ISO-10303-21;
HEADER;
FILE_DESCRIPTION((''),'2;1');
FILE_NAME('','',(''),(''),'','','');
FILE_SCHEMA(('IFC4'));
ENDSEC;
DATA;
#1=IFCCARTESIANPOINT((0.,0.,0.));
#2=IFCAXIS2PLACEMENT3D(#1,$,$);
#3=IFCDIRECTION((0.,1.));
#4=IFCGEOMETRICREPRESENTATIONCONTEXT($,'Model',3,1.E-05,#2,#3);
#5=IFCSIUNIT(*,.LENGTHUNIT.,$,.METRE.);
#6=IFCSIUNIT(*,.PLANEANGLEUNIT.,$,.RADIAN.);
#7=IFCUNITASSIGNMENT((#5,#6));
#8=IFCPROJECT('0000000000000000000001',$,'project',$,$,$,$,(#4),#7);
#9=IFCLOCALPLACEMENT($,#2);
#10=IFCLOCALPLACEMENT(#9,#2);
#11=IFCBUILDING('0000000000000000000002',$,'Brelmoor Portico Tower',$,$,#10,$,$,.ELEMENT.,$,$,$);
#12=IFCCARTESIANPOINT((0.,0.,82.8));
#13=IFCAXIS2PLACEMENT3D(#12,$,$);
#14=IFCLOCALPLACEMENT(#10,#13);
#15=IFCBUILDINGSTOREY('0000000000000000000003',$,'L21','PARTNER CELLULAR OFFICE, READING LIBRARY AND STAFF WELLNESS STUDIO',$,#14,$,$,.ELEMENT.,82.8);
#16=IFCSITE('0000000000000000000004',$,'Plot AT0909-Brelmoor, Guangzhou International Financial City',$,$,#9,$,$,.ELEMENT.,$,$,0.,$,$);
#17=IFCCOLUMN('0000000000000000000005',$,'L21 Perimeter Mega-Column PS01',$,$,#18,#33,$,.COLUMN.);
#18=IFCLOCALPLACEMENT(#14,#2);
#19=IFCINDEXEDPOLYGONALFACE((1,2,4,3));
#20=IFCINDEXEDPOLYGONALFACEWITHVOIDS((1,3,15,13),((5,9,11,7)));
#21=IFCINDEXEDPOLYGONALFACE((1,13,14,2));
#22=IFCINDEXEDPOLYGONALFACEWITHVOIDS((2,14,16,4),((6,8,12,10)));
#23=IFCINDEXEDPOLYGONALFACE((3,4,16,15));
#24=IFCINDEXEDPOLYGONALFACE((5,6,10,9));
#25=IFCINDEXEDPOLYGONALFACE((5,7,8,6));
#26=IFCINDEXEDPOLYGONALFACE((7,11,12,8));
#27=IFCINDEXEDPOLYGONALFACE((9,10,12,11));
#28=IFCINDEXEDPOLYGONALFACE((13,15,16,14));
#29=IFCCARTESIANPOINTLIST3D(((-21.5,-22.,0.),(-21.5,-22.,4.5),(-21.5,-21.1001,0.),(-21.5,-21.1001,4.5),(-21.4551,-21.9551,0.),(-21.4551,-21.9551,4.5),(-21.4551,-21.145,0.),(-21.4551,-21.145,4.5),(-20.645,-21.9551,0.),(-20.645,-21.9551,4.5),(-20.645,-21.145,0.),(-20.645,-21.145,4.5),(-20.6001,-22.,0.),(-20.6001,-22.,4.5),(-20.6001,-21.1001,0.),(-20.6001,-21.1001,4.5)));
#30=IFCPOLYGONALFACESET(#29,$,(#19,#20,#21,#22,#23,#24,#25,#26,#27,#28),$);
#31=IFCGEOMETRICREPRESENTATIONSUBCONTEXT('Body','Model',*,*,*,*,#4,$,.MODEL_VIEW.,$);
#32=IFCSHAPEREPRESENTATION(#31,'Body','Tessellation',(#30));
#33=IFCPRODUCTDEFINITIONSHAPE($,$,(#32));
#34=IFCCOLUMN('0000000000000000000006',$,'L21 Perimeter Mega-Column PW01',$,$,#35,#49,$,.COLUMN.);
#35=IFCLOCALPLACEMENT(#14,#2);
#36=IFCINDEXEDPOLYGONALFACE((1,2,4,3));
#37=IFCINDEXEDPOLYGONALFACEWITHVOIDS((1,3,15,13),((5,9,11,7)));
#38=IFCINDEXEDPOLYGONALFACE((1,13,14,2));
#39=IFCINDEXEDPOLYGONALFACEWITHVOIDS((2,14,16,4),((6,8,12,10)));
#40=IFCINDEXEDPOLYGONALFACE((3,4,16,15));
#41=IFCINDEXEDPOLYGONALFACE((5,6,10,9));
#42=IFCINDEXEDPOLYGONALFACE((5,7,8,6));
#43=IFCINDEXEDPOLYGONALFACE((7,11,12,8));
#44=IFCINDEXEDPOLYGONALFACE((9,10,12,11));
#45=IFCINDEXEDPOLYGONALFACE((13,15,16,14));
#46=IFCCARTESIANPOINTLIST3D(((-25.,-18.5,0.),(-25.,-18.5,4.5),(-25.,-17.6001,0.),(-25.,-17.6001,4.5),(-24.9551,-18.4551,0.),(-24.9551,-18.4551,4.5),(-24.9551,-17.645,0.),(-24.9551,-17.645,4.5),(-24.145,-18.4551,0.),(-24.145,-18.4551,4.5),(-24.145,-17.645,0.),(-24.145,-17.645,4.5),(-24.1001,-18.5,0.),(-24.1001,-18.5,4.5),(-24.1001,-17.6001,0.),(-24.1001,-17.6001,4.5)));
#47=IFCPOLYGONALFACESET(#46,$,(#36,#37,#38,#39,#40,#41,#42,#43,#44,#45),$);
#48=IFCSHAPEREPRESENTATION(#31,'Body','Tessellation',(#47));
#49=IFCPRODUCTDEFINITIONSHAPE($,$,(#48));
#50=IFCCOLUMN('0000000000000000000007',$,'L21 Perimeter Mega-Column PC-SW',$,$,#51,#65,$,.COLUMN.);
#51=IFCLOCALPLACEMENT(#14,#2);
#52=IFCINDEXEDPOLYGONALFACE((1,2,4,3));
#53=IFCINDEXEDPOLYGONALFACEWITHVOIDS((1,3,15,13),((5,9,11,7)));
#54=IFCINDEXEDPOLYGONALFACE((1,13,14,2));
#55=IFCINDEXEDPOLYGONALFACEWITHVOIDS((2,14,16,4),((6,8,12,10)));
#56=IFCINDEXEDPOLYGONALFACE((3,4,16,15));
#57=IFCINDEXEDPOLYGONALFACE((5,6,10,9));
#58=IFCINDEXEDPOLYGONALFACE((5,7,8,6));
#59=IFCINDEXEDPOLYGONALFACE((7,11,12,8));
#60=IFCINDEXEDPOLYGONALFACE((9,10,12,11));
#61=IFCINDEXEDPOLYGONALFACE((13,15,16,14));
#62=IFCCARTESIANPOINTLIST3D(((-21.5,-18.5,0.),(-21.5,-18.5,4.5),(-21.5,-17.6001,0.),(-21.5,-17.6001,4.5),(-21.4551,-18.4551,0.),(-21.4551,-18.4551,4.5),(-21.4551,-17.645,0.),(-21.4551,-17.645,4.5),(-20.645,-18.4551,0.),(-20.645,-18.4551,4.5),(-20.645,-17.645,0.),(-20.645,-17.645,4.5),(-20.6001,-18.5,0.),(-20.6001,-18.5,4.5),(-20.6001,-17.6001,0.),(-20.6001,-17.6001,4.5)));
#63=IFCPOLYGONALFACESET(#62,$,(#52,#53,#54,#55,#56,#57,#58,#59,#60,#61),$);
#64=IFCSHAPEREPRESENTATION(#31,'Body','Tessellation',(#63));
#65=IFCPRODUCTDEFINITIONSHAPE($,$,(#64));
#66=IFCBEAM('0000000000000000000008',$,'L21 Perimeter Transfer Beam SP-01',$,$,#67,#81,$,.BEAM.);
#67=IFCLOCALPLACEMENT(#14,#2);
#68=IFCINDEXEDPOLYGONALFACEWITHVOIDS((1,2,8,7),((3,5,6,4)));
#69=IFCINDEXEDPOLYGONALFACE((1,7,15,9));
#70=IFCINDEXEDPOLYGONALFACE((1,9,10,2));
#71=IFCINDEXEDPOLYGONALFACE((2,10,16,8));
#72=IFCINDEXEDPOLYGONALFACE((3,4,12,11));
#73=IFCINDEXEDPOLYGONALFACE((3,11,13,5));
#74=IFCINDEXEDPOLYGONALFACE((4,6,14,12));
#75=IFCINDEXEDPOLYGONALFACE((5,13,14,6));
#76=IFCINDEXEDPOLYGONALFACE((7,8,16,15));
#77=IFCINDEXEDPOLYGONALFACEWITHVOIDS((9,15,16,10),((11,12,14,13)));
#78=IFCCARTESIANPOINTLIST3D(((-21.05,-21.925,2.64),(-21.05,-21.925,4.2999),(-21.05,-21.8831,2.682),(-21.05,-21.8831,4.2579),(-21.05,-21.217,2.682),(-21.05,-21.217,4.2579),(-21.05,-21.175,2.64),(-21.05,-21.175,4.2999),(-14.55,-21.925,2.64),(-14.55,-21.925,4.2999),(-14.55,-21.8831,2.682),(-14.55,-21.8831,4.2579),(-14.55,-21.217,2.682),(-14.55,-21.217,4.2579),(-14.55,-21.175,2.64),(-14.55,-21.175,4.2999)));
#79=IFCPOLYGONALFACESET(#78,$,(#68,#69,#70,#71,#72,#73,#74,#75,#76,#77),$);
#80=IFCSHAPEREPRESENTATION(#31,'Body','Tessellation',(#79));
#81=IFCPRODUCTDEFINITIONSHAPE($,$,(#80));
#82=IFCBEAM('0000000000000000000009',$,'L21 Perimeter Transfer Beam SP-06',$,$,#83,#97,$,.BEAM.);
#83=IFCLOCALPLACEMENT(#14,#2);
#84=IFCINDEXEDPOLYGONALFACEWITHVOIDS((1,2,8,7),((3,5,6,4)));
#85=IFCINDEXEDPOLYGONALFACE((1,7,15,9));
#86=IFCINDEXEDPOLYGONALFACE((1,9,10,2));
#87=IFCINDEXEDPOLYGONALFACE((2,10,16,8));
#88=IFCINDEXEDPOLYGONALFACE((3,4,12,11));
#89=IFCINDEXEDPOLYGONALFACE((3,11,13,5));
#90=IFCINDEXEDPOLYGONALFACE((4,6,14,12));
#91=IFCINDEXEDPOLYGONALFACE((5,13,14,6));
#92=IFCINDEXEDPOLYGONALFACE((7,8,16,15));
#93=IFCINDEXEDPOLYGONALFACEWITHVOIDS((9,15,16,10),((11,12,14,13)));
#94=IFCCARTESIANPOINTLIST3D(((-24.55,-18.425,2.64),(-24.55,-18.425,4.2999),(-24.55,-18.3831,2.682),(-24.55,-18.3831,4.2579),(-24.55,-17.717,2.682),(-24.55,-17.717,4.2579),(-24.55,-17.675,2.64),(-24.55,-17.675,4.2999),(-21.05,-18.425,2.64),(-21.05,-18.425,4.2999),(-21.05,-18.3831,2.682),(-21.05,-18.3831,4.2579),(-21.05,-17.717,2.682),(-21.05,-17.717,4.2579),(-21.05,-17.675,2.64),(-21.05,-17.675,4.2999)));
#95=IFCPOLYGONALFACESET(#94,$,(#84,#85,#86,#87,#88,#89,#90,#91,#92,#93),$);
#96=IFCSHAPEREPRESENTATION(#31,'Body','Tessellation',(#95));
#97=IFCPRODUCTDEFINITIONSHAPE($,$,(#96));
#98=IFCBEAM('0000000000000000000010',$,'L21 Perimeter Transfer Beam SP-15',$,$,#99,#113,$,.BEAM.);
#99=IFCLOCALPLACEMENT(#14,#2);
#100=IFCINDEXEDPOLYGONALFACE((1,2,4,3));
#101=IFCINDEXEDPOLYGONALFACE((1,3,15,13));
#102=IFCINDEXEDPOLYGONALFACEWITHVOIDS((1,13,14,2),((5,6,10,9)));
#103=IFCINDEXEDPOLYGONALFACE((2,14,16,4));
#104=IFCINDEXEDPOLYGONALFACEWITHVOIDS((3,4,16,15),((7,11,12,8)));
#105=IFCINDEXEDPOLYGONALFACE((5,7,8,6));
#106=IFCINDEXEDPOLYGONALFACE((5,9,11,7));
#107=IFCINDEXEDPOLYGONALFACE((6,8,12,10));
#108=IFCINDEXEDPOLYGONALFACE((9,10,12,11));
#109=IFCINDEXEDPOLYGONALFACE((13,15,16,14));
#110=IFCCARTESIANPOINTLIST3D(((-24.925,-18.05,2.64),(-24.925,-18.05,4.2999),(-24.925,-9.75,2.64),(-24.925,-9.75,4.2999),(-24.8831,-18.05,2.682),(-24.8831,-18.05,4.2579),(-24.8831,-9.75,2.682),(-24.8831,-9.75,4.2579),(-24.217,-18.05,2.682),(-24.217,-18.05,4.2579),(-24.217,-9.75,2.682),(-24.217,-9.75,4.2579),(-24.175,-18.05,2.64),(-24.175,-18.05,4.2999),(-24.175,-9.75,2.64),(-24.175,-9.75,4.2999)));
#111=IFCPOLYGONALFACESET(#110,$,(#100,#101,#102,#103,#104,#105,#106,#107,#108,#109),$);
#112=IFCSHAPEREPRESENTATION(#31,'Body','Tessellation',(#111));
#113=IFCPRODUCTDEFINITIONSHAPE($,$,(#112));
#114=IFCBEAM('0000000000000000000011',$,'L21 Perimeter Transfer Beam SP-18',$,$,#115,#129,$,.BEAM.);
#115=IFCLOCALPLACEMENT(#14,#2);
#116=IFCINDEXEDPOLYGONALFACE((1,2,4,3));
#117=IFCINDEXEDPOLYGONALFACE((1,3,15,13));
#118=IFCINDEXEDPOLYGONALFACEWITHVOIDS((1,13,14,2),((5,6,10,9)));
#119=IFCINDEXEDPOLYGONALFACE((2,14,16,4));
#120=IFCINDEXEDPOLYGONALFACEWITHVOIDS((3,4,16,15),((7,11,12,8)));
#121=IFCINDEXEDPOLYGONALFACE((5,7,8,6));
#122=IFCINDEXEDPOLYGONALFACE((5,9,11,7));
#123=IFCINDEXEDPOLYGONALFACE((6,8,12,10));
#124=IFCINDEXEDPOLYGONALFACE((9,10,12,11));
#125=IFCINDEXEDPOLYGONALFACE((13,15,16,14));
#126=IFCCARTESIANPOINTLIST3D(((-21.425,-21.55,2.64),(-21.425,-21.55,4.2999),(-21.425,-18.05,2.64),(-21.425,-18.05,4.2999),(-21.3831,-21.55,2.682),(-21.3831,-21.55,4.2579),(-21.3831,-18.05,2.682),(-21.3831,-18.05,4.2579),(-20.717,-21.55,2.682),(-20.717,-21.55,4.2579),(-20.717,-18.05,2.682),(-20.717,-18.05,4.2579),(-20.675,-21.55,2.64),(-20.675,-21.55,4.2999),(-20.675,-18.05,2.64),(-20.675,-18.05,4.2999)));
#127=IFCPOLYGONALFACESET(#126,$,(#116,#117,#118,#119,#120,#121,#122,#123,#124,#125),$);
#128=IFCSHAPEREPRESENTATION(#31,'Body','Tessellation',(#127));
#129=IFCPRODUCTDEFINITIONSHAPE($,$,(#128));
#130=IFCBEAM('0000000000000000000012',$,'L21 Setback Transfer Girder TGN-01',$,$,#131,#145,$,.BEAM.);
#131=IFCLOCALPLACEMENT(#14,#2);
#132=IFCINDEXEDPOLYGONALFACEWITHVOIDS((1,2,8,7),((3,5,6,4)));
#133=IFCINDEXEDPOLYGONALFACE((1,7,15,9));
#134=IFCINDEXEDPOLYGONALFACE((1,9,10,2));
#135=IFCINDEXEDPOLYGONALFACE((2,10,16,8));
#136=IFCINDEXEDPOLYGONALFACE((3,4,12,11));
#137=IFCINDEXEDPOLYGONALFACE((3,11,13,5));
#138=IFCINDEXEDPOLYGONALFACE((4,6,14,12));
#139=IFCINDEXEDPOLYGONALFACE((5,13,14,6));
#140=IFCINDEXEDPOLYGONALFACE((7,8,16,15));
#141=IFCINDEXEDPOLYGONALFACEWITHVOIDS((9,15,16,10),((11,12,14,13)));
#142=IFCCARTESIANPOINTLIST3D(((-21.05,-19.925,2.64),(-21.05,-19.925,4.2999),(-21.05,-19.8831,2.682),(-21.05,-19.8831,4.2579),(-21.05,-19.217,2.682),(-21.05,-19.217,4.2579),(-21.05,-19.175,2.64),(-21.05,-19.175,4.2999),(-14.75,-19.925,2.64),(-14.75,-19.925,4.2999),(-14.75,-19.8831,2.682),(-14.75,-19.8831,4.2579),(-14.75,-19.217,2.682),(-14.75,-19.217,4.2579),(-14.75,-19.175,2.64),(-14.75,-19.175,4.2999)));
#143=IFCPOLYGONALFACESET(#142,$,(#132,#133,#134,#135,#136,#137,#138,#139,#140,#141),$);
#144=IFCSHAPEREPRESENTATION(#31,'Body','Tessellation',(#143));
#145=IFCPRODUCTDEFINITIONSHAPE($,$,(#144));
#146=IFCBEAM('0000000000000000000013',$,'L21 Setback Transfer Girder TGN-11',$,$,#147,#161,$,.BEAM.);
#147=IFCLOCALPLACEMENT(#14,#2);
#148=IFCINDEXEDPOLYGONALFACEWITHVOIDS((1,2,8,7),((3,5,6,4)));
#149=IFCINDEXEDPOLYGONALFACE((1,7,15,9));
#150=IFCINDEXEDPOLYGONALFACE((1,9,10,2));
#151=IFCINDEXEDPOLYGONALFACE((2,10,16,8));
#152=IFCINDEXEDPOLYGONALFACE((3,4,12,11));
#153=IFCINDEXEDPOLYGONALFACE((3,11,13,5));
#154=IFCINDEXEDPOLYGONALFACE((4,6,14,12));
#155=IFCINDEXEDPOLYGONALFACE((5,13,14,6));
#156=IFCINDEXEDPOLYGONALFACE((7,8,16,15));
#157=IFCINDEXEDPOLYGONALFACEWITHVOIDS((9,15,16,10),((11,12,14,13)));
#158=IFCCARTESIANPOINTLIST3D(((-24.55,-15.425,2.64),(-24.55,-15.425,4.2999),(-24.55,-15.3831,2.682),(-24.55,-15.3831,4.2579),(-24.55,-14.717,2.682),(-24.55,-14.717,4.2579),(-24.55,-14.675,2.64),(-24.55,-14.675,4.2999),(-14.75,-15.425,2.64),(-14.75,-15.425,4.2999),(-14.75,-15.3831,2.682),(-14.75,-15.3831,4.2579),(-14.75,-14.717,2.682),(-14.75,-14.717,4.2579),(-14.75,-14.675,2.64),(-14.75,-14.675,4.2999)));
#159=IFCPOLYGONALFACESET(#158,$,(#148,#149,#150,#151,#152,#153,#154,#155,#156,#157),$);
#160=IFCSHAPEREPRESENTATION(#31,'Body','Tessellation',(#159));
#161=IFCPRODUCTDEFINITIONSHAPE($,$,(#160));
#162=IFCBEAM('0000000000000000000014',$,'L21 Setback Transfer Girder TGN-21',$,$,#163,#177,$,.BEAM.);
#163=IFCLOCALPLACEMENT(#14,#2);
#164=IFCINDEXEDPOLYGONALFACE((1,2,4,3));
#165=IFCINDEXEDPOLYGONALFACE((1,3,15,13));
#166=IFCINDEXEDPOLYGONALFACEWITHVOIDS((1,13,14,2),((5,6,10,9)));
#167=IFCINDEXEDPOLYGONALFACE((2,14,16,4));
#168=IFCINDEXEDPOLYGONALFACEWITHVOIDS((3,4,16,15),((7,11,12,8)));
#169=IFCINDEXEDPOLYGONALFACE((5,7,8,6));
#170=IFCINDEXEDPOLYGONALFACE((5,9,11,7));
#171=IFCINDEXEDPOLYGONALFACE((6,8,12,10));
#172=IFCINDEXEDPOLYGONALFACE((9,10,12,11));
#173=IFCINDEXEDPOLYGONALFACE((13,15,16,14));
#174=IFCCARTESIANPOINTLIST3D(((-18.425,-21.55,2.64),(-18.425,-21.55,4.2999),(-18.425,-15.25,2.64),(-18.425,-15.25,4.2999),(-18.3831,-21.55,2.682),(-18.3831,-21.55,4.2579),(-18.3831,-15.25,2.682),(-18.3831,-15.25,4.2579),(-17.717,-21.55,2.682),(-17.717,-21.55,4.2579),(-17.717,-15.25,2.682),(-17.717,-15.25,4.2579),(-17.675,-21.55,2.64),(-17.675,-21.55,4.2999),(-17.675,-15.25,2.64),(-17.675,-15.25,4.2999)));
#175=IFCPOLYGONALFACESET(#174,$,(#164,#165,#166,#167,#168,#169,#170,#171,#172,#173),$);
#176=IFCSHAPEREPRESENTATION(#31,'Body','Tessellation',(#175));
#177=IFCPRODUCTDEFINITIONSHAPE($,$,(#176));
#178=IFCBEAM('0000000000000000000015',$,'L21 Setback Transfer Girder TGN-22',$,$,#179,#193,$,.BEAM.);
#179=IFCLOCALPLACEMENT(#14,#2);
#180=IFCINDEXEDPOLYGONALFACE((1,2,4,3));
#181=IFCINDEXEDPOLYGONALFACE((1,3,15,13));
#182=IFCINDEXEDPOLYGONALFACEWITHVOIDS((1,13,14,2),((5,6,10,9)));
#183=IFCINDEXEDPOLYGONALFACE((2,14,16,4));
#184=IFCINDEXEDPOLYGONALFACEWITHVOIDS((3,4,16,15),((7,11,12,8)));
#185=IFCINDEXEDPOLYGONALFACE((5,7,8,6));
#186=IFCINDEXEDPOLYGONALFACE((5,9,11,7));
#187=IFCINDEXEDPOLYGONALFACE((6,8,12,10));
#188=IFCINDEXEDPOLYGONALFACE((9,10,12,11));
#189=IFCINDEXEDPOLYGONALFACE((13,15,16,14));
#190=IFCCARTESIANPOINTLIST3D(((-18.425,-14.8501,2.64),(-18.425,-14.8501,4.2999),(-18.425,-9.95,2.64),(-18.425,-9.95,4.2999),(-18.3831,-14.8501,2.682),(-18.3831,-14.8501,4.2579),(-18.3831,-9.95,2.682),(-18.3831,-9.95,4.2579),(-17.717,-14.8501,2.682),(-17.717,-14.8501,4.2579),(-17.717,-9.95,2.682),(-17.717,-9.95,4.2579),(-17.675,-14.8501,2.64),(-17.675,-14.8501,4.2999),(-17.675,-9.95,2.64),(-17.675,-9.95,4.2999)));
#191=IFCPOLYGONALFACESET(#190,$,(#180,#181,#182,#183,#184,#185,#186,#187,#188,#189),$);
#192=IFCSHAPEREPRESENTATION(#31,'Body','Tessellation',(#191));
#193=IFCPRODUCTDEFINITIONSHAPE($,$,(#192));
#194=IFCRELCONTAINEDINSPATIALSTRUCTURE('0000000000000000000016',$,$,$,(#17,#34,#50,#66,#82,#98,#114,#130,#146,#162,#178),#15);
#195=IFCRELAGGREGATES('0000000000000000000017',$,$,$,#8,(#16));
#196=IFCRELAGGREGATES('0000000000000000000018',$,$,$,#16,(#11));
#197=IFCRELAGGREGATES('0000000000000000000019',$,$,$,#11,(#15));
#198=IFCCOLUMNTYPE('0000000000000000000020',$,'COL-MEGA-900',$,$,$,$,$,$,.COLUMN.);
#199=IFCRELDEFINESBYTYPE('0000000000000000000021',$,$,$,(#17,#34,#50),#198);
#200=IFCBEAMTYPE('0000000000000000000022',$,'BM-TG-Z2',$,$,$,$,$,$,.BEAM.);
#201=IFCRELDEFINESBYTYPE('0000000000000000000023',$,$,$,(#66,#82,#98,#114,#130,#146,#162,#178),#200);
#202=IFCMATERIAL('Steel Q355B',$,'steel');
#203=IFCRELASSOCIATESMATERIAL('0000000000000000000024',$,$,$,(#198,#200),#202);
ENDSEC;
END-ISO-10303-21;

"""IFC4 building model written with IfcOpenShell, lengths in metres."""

from ifc_helpers import new_model, si_unit, direction, frame, origin, origin_2d, place, context, subcontext, project, spatial, hollow_rectangle, extrude, material, material_profile, profile_set, type_object, element, save


model = new_model("IFC4")

# Units and contexts
model_context = context("Model", 3, precision=1e-05, world=origin(), true_north=direction((0.0, 1.0)))
body_context = subcontext(model_context, "Body", "Model", "MODEL_VIEW")
ifc_project = project(units=[si_unit("LENGTHUNIT", "METRE"), si_unit("PLANEANGLEUNIT", "RADIAN")], contexts=[model_context])

# Site, building, storey
site_placement = place(None, origin())
site = spatial("IfcSite", under=ifc_project, at=site_placement, Name="Plot AT0909-Brelmoor, Guangzhou International Financial City", CompositionType="ELEMENT", RefElevation=0.0)
building_placement = place(site_placement, origin())
building = spatial("IfcBuilding", under=site, at=building_placement, Name="Brelmoor Portico Tower", CompositionType="ELEMENT")
storey_placement = place(building_placement, frame((0.0, 0.0, 82.8)))
storey = spatial("IfcBuildingStorey", under=building, at=storey_placement, Name="L21", Description="PARTNER CELLULAR OFFICE, READING LIBRARY AND STAFF WELLNESS STUDIO", CompositionType="ELEMENT", Elevation=82.8)

# Columns
ifc_material_1 = material(Name="Steel Q355B", Category="steel")
ifc_material_profile_1 = material_profile(ifc_material_1, hollow_rectangle(XDim=0.8999, YDim=0.8999, WallThickness=0.0449, at=origin_2d()), Name="BOX 900x900x45")
ifc_profile_set_1 = profile_set([ifc_material_profile_1], Name="Steel Q355B")
column_type = type_object("IfcColumnType", Name="COL-MEGA-900", PredefinedType="COLUMN", material=ifc_profile_set_1)
for number, where, z_axis, x_axis, name in (
    (1, (-21.05, -21.55, 0.0), (0.0, 0.0, 1.0), (1.0, 0.0, 0.0), "L21 Perimeter Mega-Column PS01"),
    (2, (-24.55, -18.05, 0.0), (0.0, 0.0, 1.0), (0.0, 1.0, 0.0), "L21 Perimeter Mega-Column PW01"),
    (3, (-21.05, -18.05, 0.0), (0.0, 0.0, 1.0), (1.0, 0.0, 0.0), "L21 Perimeter Mega-Column PC-SW"),
):
    element("IfcColumn", number, at=place(storey_placement, frame(where, z_axis=z_axis, x_axis=x_axis)), inside=storey, type_object=column_type, Name=name, PredefinedType="COLUMN", context=body_context, shape_type="SweptSolid", body=[
        extrude(hollow_rectangle(XDim=0.8999, YDim=0.8999, WallThickness=0.0449, at=origin_2d()), origin(), (0.0, 0.0, 1.0), 4.5),
    ])

# Beams
ifc_material_profile_2 = material_profile(ifc_material_1, hollow_rectangle(XDim=0.75, YDim=1.6599, WallThickness=0.042, at=origin_2d()), Name="BOX 750x1660x42")
ifc_profile_set_2 = profile_set([ifc_material_profile_2], Name="Steel Q355B")
beam_type = type_object("IfcBeamType", Name="BM-TG-Z2", PredefinedType="BEAM", material=ifc_profile_set_2)
beam_1_placement = place(storey_placement, frame((-21.05, -21.55, 3.47), z_axis=(1.0, 0.0, 0.0), x_axis=(0.0, 1.0, 0.0)))
element("IfcBeam", 4, at=beam_1_placement, inside=storey, type_object=beam_type, Name="L21 Perimeter Transfer Beam SP-01", PredefinedType="BEAM", context=body_context, shape_type="SweptSolid", body=[
    extrude(hollow_rectangle(XDim=0.75, YDim=1.6599, WallThickness=0.042, at=origin_2d()), origin(), (0.0, 0.0, 1.0), 6.5),
])
beam_2_placement = place(storey_placement, frame((-24.55, -18.05, 3.47), z_axis=(1.0, 0.0, 0.0), x_axis=(0.0, 1.0, 0.0)))
element("IfcBeam", 5, at=beam_2_placement, inside=storey, type_object=beam_type, Name="L21 Perimeter Transfer Beam SP-06", PredefinedType="BEAM", context=body_context, shape_type="SweptSolid", body=[
    extrude(hollow_rectangle(XDim=0.75, YDim=1.6599, WallThickness=0.042, at=origin_2d()), origin(), (0.0, 0.0, 1.0), 3.5),
])
beam_3_placement = place(storey_placement, frame((-24.55, -18.05, 3.47), z_axis=(0.0, 1.0, 0.0), x_axis=(-1.0, 0.0, 0.0)))
element("IfcBeam", 6, at=beam_3_placement, inside=storey, type_object=beam_type, Name="L21 Perimeter Transfer Beam SP-15", PredefinedType="BEAM", context=body_context, shape_type="SweptSolid", body=[
    extrude(hollow_rectangle(XDim=0.75, YDim=1.6599, WallThickness=0.042, at=origin_2d()), origin(), (0.0, 0.0, 1.0), 8.3),
])
beam_4_placement = place(storey_placement, frame((-21.05, -21.55, 3.47), z_axis=(0.0, 1.0, 0.0), x_axis=(-1.0, 0.0, 0.0)))
element("IfcBeam", 7, at=beam_4_placement, inside=storey, type_object=beam_type, Name="L21 Perimeter Transfer Beam SP-18", PredefinedType="BEAM", context=body_context, shape_type="SweptSolid", body=[
    extrude(hollow_rectangle(XDim=0.75, YDim=1.6599, WallThickness=0.042, at=origin_2d()), origin(), (0.0, 0.0, 1.0), 3.5),
])
beam_5_placement = place(storey_placement, frame((-21.05, -19.55, 3.47), z_axis=(1.0, 0.0, 0.0), x_axis=(0.0, 1.0, 0.0)))
element("IfcBeam", 8, at=beam_5_placement, inside=storey, type_object=beam_type, Name="L21 Setback Transfer Girder TGN-01", PredefinedType="BEAM", context=body_context, shape_type="SweptSolid", body=[
    extrude(hollow_rectangle(XDim=0.75, YDim=1.6599, WallThickness=0.042, at=origin_2d()), origin(), (0.0, 0.0, 1.0), 6.3),
])
beam_6_placement = place(storey_placement, frame((-24.55, -15.05, 3.47), z_axis=(1.0, 0.0, 0.0), x_axis=(0.0, 1.0, 0.0)))
element("IfcBeam", 9, at=beam_6_placement, inside=storey, type_object=beam_type, Name="L21 Setback Transfer Girder TGN-11", PredefinedType="BEAM", context=body_context, shape_type="SweptSolid", body=[
    extrude(hollow_rectangle(XDim=0.75, YDim=1.6599, WallThickness=0.042, at=origin_2d()), origin(), (0.0, 0.0, 1.0), 9.8),
])
beam_7_placement = place(storey_placement, frame((-18.05, -21.55, 3.47), z_axis=(0.0, 1.0, 0.0), x_axis=(-1.0, 0.0, 0.0)))
element("IfcBeam", 10, at=beam_7_placement, inside=storey, type_object=beam_type, Name="L21 Setback Transfer Girder TGN-21", PredefinedType="BEAM", context=body_context, shape_type="SweptSolid", body=[
    extrude(hollow_rectangle(XDim=0.75, YDim=1.6599, WallThickness=0.042, at=origin_2d()), origin(), (0.0, 0.0, 1.0), 6.3),
])
beam_8_placement = place(storey_placement, frame((-18.05, -14.8501, 3.47), z_axis=(0.0, 1.0, 0.0), x_axis=(-1.0, 0.0, 0.0)))
element("IfcBeam", 11, at=beam_8_placement, inside=storey, type_object=beam_type, Name="L21 Setback Transfer Girder TGN-22", PredefinedType="BEAM", context=body_context, shape_type="SweptSolid", body=[
    extrude(hollow_rectangle(XDim=0.75, YDim=1.6599, WallThickness=0.042, at=origin_2d()), origin(), (0.0, 0.0, 1.0), 4.9001),
])

save(model, "model.ifc")
